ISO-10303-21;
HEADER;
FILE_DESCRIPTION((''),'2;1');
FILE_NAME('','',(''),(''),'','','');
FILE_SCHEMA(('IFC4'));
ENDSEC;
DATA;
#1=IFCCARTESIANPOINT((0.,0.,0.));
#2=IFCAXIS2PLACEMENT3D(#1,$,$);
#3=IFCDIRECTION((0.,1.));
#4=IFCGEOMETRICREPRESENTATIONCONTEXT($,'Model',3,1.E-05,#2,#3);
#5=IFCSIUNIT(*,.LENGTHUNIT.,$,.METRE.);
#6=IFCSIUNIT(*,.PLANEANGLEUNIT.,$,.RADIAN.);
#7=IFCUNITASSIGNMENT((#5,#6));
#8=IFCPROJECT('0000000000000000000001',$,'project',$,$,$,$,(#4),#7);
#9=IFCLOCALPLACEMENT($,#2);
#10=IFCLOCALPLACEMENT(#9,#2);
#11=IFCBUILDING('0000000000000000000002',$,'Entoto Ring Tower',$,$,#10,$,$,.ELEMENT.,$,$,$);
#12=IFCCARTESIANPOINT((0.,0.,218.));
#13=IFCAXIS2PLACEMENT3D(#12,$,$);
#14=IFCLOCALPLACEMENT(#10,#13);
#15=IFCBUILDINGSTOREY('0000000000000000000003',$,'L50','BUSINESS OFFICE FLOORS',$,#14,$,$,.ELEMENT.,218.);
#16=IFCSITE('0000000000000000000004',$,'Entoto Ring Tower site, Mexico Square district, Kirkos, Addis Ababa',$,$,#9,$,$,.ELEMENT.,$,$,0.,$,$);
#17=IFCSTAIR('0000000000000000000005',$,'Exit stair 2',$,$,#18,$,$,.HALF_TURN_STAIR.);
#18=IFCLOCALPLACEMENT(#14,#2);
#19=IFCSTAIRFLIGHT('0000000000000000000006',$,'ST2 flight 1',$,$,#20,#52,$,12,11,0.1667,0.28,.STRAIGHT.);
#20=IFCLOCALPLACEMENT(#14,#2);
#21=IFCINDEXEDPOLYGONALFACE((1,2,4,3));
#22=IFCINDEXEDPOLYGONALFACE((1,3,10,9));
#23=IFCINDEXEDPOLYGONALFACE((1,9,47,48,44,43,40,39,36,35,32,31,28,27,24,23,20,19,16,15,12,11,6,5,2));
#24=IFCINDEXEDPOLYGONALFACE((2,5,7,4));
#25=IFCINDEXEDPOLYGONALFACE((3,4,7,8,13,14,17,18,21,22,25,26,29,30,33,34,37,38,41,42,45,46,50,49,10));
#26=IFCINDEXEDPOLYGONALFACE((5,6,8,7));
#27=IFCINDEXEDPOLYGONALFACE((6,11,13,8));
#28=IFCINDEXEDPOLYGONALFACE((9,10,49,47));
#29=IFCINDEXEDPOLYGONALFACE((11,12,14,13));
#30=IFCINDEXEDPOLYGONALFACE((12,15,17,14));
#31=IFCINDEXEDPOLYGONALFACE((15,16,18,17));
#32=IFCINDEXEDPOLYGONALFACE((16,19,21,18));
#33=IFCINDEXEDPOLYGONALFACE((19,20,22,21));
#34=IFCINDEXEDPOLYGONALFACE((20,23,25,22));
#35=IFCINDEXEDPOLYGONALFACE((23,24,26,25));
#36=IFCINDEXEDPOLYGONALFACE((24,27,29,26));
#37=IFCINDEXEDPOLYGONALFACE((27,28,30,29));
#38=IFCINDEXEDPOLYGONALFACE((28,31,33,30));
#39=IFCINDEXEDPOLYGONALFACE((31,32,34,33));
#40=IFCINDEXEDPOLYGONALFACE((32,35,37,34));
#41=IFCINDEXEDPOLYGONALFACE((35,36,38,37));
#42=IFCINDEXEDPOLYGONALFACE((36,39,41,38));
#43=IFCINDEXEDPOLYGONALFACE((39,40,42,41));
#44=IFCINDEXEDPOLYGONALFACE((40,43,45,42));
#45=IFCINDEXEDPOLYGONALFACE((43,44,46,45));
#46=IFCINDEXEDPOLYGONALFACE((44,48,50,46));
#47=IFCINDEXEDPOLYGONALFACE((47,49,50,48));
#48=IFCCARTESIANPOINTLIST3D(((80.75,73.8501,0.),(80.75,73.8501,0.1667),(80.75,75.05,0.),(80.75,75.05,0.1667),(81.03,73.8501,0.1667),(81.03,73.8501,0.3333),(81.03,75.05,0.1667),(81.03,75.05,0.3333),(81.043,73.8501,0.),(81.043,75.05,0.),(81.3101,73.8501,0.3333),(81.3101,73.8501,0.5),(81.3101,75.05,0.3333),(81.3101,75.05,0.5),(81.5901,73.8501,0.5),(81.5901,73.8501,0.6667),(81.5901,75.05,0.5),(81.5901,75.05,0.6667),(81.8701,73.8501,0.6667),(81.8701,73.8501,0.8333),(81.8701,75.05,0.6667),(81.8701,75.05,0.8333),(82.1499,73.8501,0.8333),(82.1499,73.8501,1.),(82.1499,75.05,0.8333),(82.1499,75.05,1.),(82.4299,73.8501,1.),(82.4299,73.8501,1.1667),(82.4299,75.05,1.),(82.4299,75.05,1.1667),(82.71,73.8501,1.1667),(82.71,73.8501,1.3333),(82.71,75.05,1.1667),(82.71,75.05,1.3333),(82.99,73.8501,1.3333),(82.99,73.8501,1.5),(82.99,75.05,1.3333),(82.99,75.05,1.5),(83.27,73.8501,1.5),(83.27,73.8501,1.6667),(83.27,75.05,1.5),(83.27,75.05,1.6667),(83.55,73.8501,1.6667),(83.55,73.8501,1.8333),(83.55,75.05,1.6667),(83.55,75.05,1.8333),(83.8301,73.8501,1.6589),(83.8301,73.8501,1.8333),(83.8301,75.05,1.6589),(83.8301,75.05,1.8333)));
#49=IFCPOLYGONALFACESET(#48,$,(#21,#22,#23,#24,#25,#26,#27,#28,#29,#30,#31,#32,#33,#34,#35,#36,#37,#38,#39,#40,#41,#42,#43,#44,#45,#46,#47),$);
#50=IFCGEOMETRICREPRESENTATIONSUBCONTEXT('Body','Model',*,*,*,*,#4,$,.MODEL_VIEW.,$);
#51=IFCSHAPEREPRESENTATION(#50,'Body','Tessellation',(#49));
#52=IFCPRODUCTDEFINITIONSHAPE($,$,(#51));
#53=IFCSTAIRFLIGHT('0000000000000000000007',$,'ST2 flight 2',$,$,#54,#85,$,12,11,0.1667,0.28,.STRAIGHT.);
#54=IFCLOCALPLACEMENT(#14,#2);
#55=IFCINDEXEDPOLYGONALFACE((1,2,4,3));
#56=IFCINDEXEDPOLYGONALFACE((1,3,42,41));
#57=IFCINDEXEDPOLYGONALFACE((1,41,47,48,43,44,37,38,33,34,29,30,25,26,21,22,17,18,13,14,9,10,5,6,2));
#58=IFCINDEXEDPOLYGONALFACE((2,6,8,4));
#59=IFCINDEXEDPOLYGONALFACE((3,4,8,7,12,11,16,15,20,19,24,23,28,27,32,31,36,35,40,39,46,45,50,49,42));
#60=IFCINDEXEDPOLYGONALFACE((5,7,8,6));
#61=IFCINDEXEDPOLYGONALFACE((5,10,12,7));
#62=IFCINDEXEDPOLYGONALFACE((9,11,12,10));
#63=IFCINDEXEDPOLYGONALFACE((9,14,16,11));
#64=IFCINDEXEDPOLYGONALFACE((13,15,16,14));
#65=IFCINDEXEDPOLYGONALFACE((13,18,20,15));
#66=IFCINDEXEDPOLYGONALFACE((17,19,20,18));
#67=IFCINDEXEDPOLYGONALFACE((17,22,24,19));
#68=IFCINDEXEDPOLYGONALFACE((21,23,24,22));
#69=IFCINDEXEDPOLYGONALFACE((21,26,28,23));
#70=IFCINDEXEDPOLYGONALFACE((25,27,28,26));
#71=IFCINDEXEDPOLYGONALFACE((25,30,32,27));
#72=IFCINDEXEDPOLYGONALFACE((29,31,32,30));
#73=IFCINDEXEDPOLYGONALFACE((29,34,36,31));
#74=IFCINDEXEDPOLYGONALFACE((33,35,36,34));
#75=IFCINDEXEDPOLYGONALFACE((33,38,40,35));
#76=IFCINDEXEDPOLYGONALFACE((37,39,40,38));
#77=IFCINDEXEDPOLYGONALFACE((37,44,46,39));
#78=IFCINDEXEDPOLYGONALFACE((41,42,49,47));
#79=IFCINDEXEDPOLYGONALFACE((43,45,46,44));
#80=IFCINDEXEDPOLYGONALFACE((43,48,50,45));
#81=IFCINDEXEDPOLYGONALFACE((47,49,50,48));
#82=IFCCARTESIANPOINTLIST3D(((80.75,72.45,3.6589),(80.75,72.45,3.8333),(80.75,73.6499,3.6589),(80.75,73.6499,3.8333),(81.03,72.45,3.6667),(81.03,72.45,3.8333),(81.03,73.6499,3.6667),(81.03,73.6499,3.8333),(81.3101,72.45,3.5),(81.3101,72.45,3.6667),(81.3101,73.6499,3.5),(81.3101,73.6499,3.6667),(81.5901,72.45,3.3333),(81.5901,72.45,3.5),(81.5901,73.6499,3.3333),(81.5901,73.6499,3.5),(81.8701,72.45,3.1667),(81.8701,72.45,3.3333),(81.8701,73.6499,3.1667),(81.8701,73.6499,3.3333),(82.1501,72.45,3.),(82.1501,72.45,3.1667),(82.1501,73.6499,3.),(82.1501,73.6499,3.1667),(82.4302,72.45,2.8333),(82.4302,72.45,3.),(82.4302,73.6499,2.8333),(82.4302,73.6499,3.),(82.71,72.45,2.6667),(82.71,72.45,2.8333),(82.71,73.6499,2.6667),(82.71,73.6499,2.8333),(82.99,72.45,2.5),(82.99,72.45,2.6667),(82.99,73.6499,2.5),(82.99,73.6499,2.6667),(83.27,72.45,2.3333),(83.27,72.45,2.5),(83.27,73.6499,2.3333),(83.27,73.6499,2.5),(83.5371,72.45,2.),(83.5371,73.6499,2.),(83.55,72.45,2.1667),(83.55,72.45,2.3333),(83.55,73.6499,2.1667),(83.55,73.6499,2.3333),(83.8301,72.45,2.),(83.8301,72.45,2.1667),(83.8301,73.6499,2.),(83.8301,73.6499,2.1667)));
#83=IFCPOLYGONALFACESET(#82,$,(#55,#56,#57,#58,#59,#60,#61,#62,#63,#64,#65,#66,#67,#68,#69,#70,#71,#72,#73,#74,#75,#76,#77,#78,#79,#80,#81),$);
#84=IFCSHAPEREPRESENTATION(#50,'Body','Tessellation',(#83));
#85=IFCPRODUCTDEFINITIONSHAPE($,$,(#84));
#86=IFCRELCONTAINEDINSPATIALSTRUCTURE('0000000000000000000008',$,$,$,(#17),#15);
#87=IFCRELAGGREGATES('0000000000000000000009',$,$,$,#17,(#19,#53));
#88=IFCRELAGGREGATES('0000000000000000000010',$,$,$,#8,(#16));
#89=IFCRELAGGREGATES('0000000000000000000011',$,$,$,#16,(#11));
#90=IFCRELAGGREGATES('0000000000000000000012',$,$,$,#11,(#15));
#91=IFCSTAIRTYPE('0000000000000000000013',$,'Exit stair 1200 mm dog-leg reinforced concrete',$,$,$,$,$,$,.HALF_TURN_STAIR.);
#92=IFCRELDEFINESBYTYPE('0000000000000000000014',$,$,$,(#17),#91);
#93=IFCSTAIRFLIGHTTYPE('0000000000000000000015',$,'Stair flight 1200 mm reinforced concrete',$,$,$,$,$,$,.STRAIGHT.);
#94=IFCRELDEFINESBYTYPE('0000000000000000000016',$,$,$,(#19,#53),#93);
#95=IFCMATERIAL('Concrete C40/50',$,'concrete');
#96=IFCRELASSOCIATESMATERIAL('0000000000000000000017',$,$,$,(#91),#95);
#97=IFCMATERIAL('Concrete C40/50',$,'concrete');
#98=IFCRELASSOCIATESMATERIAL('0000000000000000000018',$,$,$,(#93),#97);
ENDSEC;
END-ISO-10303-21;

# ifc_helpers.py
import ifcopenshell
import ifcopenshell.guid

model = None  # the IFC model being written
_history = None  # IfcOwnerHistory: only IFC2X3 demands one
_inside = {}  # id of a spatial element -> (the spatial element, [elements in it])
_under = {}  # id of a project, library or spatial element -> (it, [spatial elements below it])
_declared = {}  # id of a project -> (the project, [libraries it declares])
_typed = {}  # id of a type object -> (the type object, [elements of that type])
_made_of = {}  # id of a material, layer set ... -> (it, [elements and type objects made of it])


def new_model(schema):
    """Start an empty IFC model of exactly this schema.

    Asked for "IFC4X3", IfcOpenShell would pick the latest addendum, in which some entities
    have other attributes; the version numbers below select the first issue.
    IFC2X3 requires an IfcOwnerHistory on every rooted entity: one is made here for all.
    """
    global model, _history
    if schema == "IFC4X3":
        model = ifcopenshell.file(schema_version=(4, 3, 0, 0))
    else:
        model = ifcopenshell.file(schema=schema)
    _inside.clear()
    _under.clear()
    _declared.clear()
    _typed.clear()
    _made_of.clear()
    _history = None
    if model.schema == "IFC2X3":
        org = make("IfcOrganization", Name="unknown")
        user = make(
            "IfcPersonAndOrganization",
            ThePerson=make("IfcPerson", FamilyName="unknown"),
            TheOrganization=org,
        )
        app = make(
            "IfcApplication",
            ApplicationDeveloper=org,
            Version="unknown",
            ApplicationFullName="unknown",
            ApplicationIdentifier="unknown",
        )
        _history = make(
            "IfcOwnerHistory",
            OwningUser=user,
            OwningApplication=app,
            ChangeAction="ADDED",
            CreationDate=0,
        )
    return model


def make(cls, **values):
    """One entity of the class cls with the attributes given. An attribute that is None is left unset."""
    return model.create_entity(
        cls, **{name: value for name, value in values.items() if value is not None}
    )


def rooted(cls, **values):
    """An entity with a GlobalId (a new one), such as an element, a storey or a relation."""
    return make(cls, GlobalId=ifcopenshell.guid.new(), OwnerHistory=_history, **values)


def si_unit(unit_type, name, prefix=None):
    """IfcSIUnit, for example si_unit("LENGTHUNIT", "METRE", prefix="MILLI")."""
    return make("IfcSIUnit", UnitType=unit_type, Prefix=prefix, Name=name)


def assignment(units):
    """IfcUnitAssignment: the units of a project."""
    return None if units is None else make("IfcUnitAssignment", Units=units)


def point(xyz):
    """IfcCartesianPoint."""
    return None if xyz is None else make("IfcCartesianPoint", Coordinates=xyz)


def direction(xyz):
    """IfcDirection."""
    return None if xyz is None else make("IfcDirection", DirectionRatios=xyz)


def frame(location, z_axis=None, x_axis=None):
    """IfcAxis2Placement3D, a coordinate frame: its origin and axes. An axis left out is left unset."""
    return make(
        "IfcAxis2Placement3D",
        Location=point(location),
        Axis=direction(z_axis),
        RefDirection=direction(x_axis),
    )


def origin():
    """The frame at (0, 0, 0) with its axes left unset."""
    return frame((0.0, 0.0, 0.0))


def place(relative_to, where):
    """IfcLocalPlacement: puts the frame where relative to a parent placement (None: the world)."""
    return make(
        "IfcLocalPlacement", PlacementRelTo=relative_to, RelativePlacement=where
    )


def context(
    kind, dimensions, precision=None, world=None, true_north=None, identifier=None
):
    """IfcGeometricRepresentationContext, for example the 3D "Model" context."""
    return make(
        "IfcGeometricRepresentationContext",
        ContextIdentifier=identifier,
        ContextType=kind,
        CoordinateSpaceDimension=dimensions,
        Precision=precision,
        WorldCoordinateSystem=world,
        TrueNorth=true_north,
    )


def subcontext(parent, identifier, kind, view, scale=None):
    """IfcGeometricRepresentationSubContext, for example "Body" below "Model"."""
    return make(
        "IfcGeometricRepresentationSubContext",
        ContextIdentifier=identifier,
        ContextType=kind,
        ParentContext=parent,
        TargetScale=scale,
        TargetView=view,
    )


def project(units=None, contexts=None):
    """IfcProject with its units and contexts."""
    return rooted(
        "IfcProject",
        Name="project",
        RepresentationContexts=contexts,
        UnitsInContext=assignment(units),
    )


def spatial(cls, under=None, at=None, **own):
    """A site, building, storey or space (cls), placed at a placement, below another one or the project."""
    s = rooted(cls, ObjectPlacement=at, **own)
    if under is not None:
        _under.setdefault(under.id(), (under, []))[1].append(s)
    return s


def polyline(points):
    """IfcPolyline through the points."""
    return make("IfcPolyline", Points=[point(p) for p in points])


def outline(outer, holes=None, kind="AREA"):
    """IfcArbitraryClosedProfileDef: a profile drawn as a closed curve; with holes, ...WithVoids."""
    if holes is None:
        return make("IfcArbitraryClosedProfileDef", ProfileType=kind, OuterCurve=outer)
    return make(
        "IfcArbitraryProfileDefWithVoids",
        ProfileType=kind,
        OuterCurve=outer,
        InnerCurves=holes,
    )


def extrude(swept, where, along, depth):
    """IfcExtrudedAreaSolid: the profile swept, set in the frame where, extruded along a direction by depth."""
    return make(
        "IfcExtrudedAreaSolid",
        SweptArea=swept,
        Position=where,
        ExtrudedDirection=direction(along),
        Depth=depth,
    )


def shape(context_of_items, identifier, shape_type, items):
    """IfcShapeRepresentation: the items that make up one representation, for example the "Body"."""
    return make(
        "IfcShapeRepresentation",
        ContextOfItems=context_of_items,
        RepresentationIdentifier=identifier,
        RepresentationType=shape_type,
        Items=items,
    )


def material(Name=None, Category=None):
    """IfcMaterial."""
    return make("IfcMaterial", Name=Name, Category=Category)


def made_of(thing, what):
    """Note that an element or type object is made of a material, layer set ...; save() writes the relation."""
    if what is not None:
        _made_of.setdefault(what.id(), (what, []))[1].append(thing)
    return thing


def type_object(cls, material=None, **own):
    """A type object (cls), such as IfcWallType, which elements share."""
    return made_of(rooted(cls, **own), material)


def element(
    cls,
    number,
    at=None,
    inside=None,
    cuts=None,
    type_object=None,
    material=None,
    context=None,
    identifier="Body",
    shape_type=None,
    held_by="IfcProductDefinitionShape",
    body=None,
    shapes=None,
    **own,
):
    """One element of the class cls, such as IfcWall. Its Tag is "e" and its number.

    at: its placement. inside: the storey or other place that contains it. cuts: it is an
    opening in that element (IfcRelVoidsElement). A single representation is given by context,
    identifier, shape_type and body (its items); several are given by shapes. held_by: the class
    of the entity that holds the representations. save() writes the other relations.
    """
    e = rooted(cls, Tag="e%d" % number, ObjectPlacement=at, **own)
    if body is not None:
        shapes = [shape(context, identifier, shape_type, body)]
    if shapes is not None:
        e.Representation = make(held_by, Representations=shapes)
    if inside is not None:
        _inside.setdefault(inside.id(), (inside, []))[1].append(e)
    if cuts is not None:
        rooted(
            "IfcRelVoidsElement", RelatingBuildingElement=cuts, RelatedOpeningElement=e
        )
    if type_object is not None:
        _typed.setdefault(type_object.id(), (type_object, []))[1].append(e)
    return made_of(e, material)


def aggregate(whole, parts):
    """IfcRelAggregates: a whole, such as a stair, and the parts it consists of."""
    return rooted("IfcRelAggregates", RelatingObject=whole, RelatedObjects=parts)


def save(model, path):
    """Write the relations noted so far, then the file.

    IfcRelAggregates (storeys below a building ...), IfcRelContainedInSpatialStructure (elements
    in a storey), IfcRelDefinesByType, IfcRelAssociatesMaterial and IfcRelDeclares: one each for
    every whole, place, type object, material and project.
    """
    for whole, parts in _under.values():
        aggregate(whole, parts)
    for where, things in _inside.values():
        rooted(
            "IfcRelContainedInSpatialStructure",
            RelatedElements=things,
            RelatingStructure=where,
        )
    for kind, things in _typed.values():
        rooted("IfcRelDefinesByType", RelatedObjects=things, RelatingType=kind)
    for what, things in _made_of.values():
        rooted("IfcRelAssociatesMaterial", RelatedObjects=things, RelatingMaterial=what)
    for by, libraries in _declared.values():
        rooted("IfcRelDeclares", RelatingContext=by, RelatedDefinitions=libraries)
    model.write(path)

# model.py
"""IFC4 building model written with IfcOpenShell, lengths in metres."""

from ifc_helpers import new_model, si_unit, direction, frame, origin, place, context, subcontext, project, spatial, polyline, outline, extrude, material, type_object, element, aggregate, save


model = new_model("IFC4")

# Units and contexts
model_context = context("Model", 3, precision=1e-05, world=origin(), true_north=direction((0.0, 1.0)))
body_context = subcontext(model_context, "Body", "Model", "MODEL_VIEW")
ifc_project = project(units=[si_unit("LENGTHUNIT", "METRE"), si_unit("PLANEANGLEUNIT", "RADIAN")], contexts=[model_context])

# Site, building, storey
site_placement = place(None, origin())
site = spatial("IfcSite", under=ifc_project, at=site_placement, Name="Entoto Ring Tower site, Mexico Square district, Kirkos, Addis Ababa", CompositionType="ELEMENT", RefElevation=0.0)
building_placement = place(site_placement, origin())
building = spatial("IfcBuilding", under=site, at=building_placement, Name="Entoto Ring Tower", CompositionType="ELEMENT")
storey_placement = place(building_placement, frame((0.0, 0.0, 218.0)))
storey = spatial("IfcBuildingStorey", under=building, at=storey_placement, Name="L50", Description="BUSINESS OFFICE FLOORS", CompositionType="ELEMENT", Elevation=218.0)

# Stair, stair flights
ifc_material_1 = material(Name="Concrete C40/50", Category="concrete")
stair_type = type_object("IfcStairType", Name="Exit stair 1200 mm dog-leg reinforced concrete", PredefinedType="HALF_TURN_STAIR", material=ifc_material_1)
stair_placement = place(storey_placement, origin())
stair = element("IfcStair", 1, at=stair_placement, inside=storey, type_object=stair_type, Name="Exit stair 2", PredefinedType="HALF_TURN_STAIR")
ifc_material_2 = material(Name="Concrete C40/50", Category="concrete")
stair_flight_type = type_object("IfcStairFlightType", Name="Stair flight 1200 mm reinforced concrete", PredefinedType="STRAIGHT", material=ifc_material_2)
stair_flight_1_placement = place(storey_placement, frame((80.75, 74.45, 0.0), z_axis=(0.0, 0.0, 1.0), x_axis=(1.0, 0.0, 0.0)))
stair_flight_1 = element("IfcStairFlight", 2, at=stair_flight_1_placement, type_object=stair_flight_type, Name="ST2 flight 1", NumberOfRisers=12, NumberOfTreads=11, PredefinedType="STRAIGHT", RiserHeight=0.1667, TreadLength=0.28, context=body_context, shape_type="SweptSolid", body=[
    extrude(outline(polyline([(0.0, 0.0), (0.0, 0.1667), (0.28, 0.1667), (0.28, 0.3333), (0.5601, 0.3333), (0.5601, 0.5), (0.8401, 0.5), (0.8401, 0.6667), (1.1201, 0.6667), (1.1201, 0.8333), (1.3999, 0.8333), (1.3999, 1.0), (1.6799, 1.0), (1.6799, 1.1667), (1.96, 1.1667), (1.96, 1.3333), (2.24, 1.3333), (2.24, 1.5), (2.52, 1.5), (2.52, 1.6667), (2.8, 1.6667), (2.8, 1.8333), (3.0801, 1.8333), (3.0801, 2.0), (3.0801, 1.6589), (0.293, 0.0), (0.0, 0.0)])), frame((0.0, 0.6001, 0.0), z_axis=(0.0, -1.0, 0.0), x_axis=(1.0, 0.0, 0.0)), (0.0, 0.0, 1.0), 1.2),
])
stair_flight_2_placement = place(storey_placement, frame((83.8301, 73.05, 2.0), z_axis=(0.0, 0.0, 1.0), x_axis=(-1.0, 0.0, 0.0)))
stair_flight_2 = element("IfcStairFlight", 3, at=stair_flight_2_placement, type_object=stair_flight_type, Name="ST2 flight 2", NumberOfRisers=12, NumberOfTreads=11, PredefinedType="STRAIGHT", RiserHeight=0.1667, TreadLength=0.28, context=body_context, shape_type="SweptSolid", body=[
    extrude(outline(polyline([(0.0, 0.0), (0.0, 0.1667), (0.28, 0.1667), (0.28, 0.3333), (0.5601, 0.3333), (0.5601, 0.5), (0.8401, 0.5), (0.8401, 0.6667), (1.1201, 0.6667), (1.1201, 0.8333), (1.3999, 0.8333), (1.3999, 1.0), (1.6799, 1.0), (1.6799, 1.1667), (1.96, 1.1667), (1.96, 1.3333), (2.24, 1.3333), (2.24, 1.5), (2.52, 1.5), (2.52, 1.6667), (2.8, 1.6667), (2.8, 1.8333), (3.0801, 1.8333), (3.0801, 2.0), (3.0801, 1.6589), (0.293, 0.0), (0.0, 0.0)])), frame((0.0, 0.6001, 0.0), z_axis=(0.0, -1.0, 0.0), x_axis=(1.0, 0.0, 0.0)), (0.0, 0.0, 1.0), 1.2),
])
aggregate(stair, [stair_flight_1, stair_flight_2])

save(model, "model.ifc")
